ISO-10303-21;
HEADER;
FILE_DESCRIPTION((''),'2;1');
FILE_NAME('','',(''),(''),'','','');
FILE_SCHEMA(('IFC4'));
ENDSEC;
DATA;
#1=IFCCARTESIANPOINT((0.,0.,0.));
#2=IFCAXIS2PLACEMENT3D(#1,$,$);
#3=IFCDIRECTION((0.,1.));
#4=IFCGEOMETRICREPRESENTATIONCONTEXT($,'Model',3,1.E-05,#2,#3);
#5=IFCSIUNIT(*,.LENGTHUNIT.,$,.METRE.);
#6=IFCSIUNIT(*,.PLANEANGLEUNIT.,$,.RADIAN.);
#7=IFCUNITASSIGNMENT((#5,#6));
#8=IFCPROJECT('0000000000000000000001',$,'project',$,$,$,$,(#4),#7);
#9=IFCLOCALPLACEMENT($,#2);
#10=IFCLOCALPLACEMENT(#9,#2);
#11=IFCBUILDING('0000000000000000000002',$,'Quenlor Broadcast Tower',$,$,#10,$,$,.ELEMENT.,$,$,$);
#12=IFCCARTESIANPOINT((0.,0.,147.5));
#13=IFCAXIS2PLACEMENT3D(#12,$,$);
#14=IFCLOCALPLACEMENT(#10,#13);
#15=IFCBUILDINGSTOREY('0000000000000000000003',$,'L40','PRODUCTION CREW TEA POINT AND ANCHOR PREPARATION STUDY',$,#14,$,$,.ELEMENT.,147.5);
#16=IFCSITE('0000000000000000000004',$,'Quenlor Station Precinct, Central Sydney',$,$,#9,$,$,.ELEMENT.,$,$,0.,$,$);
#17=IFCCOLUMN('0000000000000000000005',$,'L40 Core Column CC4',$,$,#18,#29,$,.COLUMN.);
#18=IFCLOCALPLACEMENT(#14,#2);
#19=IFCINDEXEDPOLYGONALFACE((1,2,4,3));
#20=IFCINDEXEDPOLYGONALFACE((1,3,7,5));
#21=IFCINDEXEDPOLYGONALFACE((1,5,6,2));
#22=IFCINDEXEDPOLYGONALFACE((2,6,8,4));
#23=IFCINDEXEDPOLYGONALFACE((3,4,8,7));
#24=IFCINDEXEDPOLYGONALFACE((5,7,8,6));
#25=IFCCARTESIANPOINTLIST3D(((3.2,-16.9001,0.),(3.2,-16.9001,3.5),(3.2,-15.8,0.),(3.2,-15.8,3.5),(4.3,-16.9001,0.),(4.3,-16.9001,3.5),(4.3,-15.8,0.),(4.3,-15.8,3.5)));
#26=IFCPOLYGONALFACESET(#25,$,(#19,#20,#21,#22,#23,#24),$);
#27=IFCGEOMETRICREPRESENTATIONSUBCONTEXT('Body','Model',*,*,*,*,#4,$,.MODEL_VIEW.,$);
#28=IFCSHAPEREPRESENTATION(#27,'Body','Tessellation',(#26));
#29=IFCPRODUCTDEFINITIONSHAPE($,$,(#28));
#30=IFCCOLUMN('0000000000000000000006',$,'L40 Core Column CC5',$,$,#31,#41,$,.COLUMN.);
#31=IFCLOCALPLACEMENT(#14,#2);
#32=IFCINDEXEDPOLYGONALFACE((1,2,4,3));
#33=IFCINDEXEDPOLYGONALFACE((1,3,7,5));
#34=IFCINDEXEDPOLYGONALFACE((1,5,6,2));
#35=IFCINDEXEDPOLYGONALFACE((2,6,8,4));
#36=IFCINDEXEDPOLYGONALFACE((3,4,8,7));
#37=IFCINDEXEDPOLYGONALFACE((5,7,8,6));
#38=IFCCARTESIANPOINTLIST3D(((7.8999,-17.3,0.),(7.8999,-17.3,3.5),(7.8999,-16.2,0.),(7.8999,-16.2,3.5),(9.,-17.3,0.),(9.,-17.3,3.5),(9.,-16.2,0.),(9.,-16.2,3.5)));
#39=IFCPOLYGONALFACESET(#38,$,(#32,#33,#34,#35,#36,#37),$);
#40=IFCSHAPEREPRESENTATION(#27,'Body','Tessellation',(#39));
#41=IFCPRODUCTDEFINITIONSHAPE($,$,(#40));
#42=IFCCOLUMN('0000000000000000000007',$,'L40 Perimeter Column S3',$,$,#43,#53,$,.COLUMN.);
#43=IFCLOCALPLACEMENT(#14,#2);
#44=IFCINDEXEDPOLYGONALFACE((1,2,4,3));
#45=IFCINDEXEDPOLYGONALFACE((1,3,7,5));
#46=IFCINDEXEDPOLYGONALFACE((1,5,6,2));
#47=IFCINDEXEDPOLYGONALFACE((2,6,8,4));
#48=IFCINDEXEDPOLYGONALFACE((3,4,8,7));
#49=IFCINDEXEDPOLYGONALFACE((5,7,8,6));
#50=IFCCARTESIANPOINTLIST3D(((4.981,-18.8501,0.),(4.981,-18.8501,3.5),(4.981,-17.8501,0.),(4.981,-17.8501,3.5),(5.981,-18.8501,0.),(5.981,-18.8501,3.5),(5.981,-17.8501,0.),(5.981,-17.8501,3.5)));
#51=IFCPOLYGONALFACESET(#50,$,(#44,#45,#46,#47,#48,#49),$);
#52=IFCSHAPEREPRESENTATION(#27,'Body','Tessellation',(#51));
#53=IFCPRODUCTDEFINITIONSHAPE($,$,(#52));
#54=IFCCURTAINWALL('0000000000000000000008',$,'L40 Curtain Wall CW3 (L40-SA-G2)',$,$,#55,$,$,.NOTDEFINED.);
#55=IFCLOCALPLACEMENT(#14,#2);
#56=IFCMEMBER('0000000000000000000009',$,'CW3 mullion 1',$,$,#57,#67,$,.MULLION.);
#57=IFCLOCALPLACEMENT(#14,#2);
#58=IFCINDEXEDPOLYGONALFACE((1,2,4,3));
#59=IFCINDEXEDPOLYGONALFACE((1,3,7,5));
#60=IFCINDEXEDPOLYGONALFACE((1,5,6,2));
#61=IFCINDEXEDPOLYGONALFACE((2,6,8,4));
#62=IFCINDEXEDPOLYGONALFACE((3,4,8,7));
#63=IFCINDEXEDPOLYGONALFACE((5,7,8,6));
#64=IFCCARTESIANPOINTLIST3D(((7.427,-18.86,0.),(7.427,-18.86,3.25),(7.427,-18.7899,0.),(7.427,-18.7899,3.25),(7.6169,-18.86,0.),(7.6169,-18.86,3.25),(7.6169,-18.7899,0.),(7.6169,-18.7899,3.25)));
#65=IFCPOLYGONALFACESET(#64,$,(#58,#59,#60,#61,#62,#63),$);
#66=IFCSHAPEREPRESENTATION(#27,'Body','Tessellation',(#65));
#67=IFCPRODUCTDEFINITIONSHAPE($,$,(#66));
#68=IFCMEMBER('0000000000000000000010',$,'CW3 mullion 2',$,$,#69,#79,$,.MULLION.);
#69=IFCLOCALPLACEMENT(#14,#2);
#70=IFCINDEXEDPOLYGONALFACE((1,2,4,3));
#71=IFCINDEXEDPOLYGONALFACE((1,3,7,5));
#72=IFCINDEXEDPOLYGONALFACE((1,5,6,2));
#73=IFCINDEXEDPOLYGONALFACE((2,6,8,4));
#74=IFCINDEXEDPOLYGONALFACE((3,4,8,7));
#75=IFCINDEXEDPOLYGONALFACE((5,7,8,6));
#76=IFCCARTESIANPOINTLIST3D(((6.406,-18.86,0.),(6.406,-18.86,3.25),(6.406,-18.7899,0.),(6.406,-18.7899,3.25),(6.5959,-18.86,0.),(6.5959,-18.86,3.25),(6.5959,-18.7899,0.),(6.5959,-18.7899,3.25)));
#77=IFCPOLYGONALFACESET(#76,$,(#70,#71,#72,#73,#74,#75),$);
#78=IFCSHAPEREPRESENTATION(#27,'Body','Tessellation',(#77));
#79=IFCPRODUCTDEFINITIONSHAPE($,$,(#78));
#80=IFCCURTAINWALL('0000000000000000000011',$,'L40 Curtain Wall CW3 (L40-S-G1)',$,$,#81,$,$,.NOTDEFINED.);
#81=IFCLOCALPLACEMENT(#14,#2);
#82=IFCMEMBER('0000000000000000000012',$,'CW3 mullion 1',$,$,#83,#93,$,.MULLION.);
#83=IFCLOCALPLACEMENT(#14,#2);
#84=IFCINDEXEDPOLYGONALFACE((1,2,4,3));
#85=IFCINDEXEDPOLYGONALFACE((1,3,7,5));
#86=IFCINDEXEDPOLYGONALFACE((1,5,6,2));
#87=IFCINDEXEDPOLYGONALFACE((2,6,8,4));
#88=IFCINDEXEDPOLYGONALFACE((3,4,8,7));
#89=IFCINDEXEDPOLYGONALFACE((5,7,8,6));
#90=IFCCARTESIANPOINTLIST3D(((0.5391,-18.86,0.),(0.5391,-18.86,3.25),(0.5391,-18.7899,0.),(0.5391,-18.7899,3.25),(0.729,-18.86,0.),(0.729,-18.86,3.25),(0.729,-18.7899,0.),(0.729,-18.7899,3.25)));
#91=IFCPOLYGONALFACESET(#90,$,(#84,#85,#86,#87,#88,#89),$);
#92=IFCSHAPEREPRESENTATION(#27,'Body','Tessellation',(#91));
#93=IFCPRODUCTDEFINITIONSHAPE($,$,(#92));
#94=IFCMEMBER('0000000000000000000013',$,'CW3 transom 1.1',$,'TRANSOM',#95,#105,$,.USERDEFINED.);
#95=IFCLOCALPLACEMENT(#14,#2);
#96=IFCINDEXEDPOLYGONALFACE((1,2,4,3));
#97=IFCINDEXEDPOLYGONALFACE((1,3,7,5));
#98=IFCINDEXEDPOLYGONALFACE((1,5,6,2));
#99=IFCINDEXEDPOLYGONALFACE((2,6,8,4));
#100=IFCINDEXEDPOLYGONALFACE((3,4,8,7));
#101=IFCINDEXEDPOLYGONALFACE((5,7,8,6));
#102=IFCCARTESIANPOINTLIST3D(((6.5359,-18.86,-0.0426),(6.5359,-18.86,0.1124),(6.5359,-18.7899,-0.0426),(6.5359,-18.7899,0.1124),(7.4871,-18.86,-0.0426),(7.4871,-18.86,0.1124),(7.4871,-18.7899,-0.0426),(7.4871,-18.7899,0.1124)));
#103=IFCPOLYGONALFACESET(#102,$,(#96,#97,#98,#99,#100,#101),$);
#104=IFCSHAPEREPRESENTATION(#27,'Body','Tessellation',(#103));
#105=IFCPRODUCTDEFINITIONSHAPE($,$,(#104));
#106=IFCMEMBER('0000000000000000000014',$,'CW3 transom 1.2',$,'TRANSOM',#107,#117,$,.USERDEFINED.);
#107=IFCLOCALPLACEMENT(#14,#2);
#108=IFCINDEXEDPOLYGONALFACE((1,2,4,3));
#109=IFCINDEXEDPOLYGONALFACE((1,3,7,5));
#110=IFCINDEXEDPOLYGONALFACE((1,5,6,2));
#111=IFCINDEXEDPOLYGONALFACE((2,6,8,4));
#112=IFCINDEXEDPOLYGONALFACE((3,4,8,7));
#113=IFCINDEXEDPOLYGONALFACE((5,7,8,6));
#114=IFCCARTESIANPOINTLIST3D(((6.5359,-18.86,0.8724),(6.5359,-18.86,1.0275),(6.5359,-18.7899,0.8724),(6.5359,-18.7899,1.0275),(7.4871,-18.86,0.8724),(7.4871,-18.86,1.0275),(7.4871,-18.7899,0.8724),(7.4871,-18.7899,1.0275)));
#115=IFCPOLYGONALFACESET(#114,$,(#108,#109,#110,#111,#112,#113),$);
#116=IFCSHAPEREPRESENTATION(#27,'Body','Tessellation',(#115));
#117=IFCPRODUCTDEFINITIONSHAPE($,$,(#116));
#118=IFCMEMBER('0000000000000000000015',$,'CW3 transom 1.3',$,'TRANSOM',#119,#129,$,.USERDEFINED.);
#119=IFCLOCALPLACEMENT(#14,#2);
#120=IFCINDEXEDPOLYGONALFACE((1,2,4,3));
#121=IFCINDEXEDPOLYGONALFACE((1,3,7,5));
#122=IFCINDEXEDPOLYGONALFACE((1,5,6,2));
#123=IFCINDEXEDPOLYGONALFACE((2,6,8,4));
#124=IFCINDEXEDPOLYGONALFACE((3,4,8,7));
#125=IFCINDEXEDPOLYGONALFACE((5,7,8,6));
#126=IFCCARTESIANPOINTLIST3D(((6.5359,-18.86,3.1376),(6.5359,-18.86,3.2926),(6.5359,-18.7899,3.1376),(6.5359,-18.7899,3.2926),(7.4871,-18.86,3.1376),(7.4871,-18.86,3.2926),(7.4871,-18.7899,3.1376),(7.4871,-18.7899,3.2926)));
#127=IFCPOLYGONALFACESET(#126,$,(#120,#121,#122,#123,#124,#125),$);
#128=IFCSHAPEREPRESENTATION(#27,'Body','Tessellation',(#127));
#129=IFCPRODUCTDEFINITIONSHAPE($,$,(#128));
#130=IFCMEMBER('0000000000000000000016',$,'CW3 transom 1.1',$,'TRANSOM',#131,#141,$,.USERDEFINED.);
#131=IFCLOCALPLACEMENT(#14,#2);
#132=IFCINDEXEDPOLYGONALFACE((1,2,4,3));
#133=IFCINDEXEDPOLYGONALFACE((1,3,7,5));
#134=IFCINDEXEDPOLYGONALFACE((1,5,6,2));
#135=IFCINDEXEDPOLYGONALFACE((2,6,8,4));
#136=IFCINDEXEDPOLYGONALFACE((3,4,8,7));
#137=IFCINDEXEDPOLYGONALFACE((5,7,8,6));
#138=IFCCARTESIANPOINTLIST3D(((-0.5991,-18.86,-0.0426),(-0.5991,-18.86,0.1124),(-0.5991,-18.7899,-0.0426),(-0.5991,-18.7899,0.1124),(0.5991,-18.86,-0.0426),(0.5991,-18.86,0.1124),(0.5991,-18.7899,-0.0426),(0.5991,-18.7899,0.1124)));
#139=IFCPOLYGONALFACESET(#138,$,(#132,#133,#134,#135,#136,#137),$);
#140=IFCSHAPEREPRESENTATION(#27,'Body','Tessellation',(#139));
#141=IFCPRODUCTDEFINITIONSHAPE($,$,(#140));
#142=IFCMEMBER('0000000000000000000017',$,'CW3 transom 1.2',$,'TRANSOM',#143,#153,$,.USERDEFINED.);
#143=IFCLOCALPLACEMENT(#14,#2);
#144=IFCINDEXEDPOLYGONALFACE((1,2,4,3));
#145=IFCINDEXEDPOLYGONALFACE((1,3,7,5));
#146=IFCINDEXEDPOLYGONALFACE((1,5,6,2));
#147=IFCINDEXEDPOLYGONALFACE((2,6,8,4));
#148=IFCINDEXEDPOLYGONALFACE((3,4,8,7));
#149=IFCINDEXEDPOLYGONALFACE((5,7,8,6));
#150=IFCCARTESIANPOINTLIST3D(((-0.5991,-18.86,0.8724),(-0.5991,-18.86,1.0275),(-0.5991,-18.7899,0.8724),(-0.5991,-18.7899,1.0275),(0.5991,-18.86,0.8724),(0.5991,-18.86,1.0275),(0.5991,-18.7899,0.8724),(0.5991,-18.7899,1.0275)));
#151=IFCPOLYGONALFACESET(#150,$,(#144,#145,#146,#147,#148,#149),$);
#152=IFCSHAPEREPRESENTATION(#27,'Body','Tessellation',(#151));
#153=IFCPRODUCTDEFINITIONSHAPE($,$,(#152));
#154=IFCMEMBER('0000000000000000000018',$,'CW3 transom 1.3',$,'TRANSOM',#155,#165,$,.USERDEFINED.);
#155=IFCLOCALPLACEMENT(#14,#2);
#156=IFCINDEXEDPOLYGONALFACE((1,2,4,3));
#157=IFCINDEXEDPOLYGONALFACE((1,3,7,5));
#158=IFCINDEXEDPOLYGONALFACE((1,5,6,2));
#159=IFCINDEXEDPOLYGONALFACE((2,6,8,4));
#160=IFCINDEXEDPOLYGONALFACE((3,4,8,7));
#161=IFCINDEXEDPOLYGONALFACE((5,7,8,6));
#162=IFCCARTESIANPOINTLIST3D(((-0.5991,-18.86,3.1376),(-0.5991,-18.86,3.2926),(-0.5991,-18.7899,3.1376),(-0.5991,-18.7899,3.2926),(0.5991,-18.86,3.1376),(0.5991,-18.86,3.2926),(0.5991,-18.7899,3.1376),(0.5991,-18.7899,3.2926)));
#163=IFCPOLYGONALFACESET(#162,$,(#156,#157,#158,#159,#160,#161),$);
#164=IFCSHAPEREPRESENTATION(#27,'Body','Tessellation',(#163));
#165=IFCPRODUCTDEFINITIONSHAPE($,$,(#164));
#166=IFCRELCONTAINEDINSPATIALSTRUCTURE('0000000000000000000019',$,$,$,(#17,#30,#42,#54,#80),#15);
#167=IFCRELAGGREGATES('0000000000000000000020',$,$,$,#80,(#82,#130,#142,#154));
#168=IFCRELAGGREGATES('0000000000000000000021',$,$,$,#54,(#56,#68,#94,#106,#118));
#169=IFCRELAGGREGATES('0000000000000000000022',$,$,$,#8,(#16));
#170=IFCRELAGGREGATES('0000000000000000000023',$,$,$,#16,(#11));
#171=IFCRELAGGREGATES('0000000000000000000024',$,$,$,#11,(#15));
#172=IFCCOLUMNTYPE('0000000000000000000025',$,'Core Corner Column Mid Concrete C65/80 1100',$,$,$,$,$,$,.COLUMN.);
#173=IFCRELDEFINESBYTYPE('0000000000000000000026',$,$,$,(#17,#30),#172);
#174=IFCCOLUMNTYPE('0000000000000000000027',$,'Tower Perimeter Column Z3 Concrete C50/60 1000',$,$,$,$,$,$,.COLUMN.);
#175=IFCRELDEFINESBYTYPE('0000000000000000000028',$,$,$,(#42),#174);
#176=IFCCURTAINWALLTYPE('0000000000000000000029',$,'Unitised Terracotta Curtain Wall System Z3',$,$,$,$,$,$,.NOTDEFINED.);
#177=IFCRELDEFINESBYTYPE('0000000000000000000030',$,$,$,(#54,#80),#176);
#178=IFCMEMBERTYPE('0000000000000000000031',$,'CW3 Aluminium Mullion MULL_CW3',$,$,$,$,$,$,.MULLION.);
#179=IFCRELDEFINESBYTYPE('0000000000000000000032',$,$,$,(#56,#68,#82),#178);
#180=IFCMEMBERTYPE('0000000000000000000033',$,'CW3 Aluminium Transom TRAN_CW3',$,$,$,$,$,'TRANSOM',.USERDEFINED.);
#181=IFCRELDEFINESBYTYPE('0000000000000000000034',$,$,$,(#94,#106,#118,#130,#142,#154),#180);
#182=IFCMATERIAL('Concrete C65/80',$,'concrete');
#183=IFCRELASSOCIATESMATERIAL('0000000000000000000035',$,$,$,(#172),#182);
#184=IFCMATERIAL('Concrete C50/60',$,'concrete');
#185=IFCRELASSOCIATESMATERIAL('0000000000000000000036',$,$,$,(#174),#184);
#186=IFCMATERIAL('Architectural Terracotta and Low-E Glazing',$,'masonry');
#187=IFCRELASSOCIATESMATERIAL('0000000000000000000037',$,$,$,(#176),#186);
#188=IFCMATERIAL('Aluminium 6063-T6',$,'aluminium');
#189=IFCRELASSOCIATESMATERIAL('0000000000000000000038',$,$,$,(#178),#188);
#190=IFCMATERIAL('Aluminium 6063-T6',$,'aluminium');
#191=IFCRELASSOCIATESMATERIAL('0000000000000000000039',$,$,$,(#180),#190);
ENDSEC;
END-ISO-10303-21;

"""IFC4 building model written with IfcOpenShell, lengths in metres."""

from ifc_helpers import new_model, si_unit, direction, frame, origin, origin_2d, place, context, subcontext, project, spatial, rectangle, extrude, material, material_profile, profile_set, type_object, element, aggregate, save


model = new_model("IFC4")

# Units and contexts
model_context = context("Model", 3, precision=1e-05, world=origin(), true_north=direction((0.0, 1.0)))
body_context = subcontext(model_context, "Body", "Model", "MODEL_VIEW")
ifc_project = project(units=[si_unit("LENGTHUNIT", "METRE"), si_unit("PLANEANGLEUNIT", "RADIAN")], contexts=[model_context])

# Site, building, storey
site_placement = place(None, origin())
site = spatial("IfcSite", under=ifc_project, at=site_placement, Name="Quenlor Station Precinct, Central Sydney", CompositionType="ELEMENT", RefElevation=0.0)
building_placement = place(site_placement, origin())
building = spatial("IfcBuilding", under=site, at=building_placement, Name="Quenlor Broadcast Tower", CompositionType="ELEMENT")
storey_placement = place(building_placement, frame((0.0, 0.0, 147.5)))
storey = spatial("IfcBuildingStorey", under=building, at=storey_placement, Name="L40", Description="PRODUCTION CREW TEA POINT AND ANCHOR PREPARATION STUDY", CompositionType="ELEMENT", Elevation=147.5)

# Columns
ifc_material_1 = material(Name="Concrete C65/80", Category="concrete")
ifc_material_profile_1 = material_profile(ifc_material_1, rectangle(XDim=1.1001, YDim=1.1001, at=origin_2d()))
ifc_profile_set_1 = profile_set([ifc_material_profile_1], Name="Concrete C65/80 RC1100x1100")
column_type_1 = type_object("IfcColumnType", Name="Core Corner Column Mid Concrete C65/80 1100", PredefinedType="COLUMN", material=ifc_profile_set_1)
for number, where, z_axis, x_axis, name in (
    (1, (3.75, -16.3501, 0.0), (0.0, 0.0, 1.0), (1.0, 0.0, 0.0), "L40 Core Column CC4"),
    (2, (8.45, -16.75, 0.0), (0.0, 0.0, 1.0), (1.0, 0.0, 0.0), "L40 Core Column CC5"),
):
    element("IfcColumn", number, at=place(storey_placement, frame(where, z_axis=z_axis, x_axis=x_axis)), inside=storey, type_object=column_type_1, Name=name, PredefinedType="COLUMN", context=body_context, shape_type="SweptSolid", body=[
        extrude(rectangle(XDim=1.1001, YDim=1.1001, at=origin_2d()), origin(), (0.0, 0.0, 1.0), 3.5),
    ])
ifc_material_2 = material(Name="Concrete C50/60", Category="concrete")
ifc_material_profile_2 = material_profile(ifc_material_2, rectangle(XDim=1.0, YDim=1.0, at=origin_2d()))
ifc_profile_set_2 = profile_set([ifc_material_profile_2], Name="Concrete C50/60 RC1000x1000")
column_type_2 = type_object("IfcColumnType", Name="Tower Perimeter Column Z3 Concrete C50/60 1000", PredefinedType="COLUMN", material=ifc_profile_set_2)
column_placement = place(storey_placement, frame((5.481, -18.3501, 0.0), z_axis=(0.0, 0.0, 1.0), x_axis=(0.0, 1.0, 0.0)))
element("IfcColumn", 3, at=column_placement, inside=storey, type_object=column_type_2, Name="L40 Perimeter Column S3", PredefinedType="COLUMN", context=body_context, shape_type="SweptSolid", body=[
    extrude(rectangle(XDim=1.0, YDim=1.0, at=origin_2d()), origin(), (0.0, 0.0, 1.0), 3.5),
])

# Curtain wall, members
ifc_material_3 = material(Name="Architectural Terracotta and Low-E Glazing", Category="masonry")
curtain_wall_type = type_object("IfcCurtainWallType", Name="Unitised Terracotta Curtain Wall System Z3", PredefinedType="NOTDEFINED", material=ifc_material_3)
curtain_wall_1_placement = place(storey_placement, origin())
curtain_wall_1 = element("IfcCurtainWall", 4, at=curtain_wall_1_placement, inside=storey, type_object=curtain_wall_type, Name="L40 Curtain Wall CW3 (L40-SA-G2)", PredefinedType="NOTDEFINED")
ifc_material_4 = material(Name="Aluminium 6063-T6", Category="aluminium")
ifc_material_profile_3 = material_profile(ifc_material_4, rectangle(XDim=0.0701, YDim=0.1899, at=origin_2d()))
ifc_profile_set_3 = profile_set([ifc_material_profile_3], Name="Aluminium 6063-T6 MULL70x190")
member_type_1 = type_object("IfcMemberType", Name="CW3 Aluminium Mullion MULL_CW3", PredefinedType="MULLION", material=ifc_profile_set_3)
member_1_placement = place(storey_placement, frame((7.522, -18.825, 0.0), z_axis=(0.0, 0.0, 1.0), x_axis=(0.0, -1.0, 0.0)))
member_1 = element("IfcMember", 5, at=member_1_placement, type_object=member_type_1, Name="CW3 mullion 1", PredefinedType="MULLION", context=body_context, shape_type="SweptSolid", body=[
    extrude(rectangle(XDim=0.0701, YDim=0.1899, at=origin_2d()), origin(), (0.0, 0.0, 1.0), 3.25),
])
member_2_placement = place(storey_placement, frame((6.501, -18.825, 0.0), z_axis=(0.0, 0.0, 1.0), x_axis=(0.0, -1.0, 0.0)))
member_2 = element("IfcMember", 6, at=member_2_placement, type_object=member_type_1, Name="CW3 mullion 2", PredefinedType="MULLION", context=body_context, shape_type="SweptSolid", body=[
    extrude(rectangle(XDim=0.0701, YDim=0.1899, at=origin_2d()), origin(), (0.0, 0.0, 1.0), 3.25),
])

# Curtain wall, member
curtain_wall_2_placement = place(storey_placement, origin())
curtain_wall_2 = element("IfcCurtainWall", 7, at=curtain_wall_2_placement, inside=storey, type_object=curtain_wall_type, Name="L40 Curtain Wall CW3 (L40-S-G1)", PredefinedType="NOTDEFINED")
member_3_placement = place(storey_placement, frame((0.634, -18.825, 0.0), z_axis=(0.0, 0.0, 1.0), x_axis=(0.0, -1.0, 0.0)))
member_3 = element("IfcMember", 8, at=member_3_placement, type_object=member_type_1, Name="CW3 mullion 1", PredefinedType="MULLION", context=body_context, shape_type="SweptSolid", body=[
    extrude(rectangle(XDim=0.0701, YDim=0.1899, at=origin_2d()), origin(), (0.0, 0.0, 1.0), 3.25),
])

# Members
ifc_material_5 = material(Name="Aluminium 6063-T6", Category="aluminium")
ifc_material_profile_4 = material_profile(ifc_material_5, rectangle(XDim=0.0701, YDim=0.155, at=origin_2d()))
ifc_profile_set_4 = profile_set([ifc_material_profile_4], Name="Aluminium 6063-T6 TRAN70x155")
member_type_2 = type_object("IfcMemberType", Name="CW3 Aluminium Transom TRAN_CW3", ElementType="TRANSOM", PredefinedType="USERDEFINED", material=ifc_profile_set_4)
member_4_placement = place(storey_placement, frame((7.4871, -18.825, 0.0349), z_axis=(-1.0, 0.0, 0.0), x_axis=(0.0, -1.0, 0.0)))
member_4 = element("IfcMember", 9, at=member_4_placement, type_object=member_type_2, Name="CW3 transom 1.1", ObjectType="TRANSOM", PredefinedType="USERDEFINED", context=body_context, shape_type="SweptSolid", body=[
    extrude(rectangle(XDim=0.0701, YDim=0.155, at=origin_2d()), origin(), (0.0, 0.0, 1.0), 0.9512),
])
member_5_placement = place(storey_placement, frame((7.4871, -18.825, 0.95), z_axis=(-1.0, 0.0, 0.0), x_axis=(0.0, -1.0, 0.0)))
member_5 = element("IfcMember", 10, at=member_5_placement, type_object=member_type_2, Name="CW3 transom 1.2", ObjectType="TRANSOM", PredefinedType="USERDEFINED", context=body_context, shape_type="SweptSolid", body=[
    extrude(rectangle(XDim=0.0701, YDim=0.155, at=origin_2d()), origin(), (0.0, 0.0, 1.0), 0.9512),
])
member_6_placement = place(storey_placement, frame((7.4871, -18.825, 3.2151), z_axis=(-1.0, 0.0, 0.0), x_axis=(0.0, -1.0, 0.0)))
member_6 = element("IfcMember", 11, at=member_6_placement, type_object=member_type_2, Name="CW3 transom 1.3", ObjectType="TRANSOM", PredefinedType="USERDEFINED", context=body_context, shape_type="SweptSolid", body=[
    extrude(rectangle(XDim=0.0701, YDim=0.155, at=origin_2d()), origin(), (0.0, 0.0, 1.0), 0.9512),
])
member_7_placement = place(storey_placement, frame((0.5991, -18.825, 0.0349), z_axis=(-1.0, 0.0, 0.0), x_axis=(0.0, -1.0, 0.0)))
member_7 = element("IfcMember", 12, at=member_7_placement, type_object=member_type_2, Name="CW3 transom 1.1", ObjectType="TRANSOM", PredefinedType="USERDEFINED", context=body_context, shape_type="SweptSolid", body=[
    extrude(rectangle(XDim=0.0701, YDim=0.155, at=origin_2d()), origin(), (0.0, 0.0, 1.0), 1.1982),
])
member_8_placement = place(storey_placement, frame((0.5991, -18.825, 0.95), z_axis=(-1.0, 0.0, 0.0), x_axis=(0.0, -1.0, 0.0)))
member_8 = element("IfcMember", 13, at=member_8_placement, type_object=member_type_2, Name="CW3 transom 1.2", ObjectType="TRANSOM", PredefinedType="USERDEFINED", context=body_context, shape_type="SweptSolid", body=[
    extrude(rectangle(XDim=0.0701, YDim=0.155, at=origin_2d()), origin(), (0.0, 0.0, 1.0), 1.1982),
])
member_9_placement = place(storey_placement, frame((0.5991, -18.825, 3.2151), z_axis=(-1.0, 0.0, 0.0), x_axis=(0.0, -1.0, 0.0)))
member_9 = element("IfcMember", 14, at=member_9_placement, type_object=member_type_2, Name="CW3 transom 1.3", ObjectType="TRANSOM", PredefinedType="USERDEFINED", context=body_context, shape_type="SweptSolid", body=[
    extrude(rectangle(XDim=0.0701, YDim=0.155, at=origin_2d()), origin(), (0.0, 0.0, 1.0), 1.1982),
])
aggregate(curtain_wall_2, [member_3, member_7, member_8, member_9])

aggregate(curtain_wall_1, [member_1, member_2, member_4, member_5, member_6])

save(model, "model.ifc")
